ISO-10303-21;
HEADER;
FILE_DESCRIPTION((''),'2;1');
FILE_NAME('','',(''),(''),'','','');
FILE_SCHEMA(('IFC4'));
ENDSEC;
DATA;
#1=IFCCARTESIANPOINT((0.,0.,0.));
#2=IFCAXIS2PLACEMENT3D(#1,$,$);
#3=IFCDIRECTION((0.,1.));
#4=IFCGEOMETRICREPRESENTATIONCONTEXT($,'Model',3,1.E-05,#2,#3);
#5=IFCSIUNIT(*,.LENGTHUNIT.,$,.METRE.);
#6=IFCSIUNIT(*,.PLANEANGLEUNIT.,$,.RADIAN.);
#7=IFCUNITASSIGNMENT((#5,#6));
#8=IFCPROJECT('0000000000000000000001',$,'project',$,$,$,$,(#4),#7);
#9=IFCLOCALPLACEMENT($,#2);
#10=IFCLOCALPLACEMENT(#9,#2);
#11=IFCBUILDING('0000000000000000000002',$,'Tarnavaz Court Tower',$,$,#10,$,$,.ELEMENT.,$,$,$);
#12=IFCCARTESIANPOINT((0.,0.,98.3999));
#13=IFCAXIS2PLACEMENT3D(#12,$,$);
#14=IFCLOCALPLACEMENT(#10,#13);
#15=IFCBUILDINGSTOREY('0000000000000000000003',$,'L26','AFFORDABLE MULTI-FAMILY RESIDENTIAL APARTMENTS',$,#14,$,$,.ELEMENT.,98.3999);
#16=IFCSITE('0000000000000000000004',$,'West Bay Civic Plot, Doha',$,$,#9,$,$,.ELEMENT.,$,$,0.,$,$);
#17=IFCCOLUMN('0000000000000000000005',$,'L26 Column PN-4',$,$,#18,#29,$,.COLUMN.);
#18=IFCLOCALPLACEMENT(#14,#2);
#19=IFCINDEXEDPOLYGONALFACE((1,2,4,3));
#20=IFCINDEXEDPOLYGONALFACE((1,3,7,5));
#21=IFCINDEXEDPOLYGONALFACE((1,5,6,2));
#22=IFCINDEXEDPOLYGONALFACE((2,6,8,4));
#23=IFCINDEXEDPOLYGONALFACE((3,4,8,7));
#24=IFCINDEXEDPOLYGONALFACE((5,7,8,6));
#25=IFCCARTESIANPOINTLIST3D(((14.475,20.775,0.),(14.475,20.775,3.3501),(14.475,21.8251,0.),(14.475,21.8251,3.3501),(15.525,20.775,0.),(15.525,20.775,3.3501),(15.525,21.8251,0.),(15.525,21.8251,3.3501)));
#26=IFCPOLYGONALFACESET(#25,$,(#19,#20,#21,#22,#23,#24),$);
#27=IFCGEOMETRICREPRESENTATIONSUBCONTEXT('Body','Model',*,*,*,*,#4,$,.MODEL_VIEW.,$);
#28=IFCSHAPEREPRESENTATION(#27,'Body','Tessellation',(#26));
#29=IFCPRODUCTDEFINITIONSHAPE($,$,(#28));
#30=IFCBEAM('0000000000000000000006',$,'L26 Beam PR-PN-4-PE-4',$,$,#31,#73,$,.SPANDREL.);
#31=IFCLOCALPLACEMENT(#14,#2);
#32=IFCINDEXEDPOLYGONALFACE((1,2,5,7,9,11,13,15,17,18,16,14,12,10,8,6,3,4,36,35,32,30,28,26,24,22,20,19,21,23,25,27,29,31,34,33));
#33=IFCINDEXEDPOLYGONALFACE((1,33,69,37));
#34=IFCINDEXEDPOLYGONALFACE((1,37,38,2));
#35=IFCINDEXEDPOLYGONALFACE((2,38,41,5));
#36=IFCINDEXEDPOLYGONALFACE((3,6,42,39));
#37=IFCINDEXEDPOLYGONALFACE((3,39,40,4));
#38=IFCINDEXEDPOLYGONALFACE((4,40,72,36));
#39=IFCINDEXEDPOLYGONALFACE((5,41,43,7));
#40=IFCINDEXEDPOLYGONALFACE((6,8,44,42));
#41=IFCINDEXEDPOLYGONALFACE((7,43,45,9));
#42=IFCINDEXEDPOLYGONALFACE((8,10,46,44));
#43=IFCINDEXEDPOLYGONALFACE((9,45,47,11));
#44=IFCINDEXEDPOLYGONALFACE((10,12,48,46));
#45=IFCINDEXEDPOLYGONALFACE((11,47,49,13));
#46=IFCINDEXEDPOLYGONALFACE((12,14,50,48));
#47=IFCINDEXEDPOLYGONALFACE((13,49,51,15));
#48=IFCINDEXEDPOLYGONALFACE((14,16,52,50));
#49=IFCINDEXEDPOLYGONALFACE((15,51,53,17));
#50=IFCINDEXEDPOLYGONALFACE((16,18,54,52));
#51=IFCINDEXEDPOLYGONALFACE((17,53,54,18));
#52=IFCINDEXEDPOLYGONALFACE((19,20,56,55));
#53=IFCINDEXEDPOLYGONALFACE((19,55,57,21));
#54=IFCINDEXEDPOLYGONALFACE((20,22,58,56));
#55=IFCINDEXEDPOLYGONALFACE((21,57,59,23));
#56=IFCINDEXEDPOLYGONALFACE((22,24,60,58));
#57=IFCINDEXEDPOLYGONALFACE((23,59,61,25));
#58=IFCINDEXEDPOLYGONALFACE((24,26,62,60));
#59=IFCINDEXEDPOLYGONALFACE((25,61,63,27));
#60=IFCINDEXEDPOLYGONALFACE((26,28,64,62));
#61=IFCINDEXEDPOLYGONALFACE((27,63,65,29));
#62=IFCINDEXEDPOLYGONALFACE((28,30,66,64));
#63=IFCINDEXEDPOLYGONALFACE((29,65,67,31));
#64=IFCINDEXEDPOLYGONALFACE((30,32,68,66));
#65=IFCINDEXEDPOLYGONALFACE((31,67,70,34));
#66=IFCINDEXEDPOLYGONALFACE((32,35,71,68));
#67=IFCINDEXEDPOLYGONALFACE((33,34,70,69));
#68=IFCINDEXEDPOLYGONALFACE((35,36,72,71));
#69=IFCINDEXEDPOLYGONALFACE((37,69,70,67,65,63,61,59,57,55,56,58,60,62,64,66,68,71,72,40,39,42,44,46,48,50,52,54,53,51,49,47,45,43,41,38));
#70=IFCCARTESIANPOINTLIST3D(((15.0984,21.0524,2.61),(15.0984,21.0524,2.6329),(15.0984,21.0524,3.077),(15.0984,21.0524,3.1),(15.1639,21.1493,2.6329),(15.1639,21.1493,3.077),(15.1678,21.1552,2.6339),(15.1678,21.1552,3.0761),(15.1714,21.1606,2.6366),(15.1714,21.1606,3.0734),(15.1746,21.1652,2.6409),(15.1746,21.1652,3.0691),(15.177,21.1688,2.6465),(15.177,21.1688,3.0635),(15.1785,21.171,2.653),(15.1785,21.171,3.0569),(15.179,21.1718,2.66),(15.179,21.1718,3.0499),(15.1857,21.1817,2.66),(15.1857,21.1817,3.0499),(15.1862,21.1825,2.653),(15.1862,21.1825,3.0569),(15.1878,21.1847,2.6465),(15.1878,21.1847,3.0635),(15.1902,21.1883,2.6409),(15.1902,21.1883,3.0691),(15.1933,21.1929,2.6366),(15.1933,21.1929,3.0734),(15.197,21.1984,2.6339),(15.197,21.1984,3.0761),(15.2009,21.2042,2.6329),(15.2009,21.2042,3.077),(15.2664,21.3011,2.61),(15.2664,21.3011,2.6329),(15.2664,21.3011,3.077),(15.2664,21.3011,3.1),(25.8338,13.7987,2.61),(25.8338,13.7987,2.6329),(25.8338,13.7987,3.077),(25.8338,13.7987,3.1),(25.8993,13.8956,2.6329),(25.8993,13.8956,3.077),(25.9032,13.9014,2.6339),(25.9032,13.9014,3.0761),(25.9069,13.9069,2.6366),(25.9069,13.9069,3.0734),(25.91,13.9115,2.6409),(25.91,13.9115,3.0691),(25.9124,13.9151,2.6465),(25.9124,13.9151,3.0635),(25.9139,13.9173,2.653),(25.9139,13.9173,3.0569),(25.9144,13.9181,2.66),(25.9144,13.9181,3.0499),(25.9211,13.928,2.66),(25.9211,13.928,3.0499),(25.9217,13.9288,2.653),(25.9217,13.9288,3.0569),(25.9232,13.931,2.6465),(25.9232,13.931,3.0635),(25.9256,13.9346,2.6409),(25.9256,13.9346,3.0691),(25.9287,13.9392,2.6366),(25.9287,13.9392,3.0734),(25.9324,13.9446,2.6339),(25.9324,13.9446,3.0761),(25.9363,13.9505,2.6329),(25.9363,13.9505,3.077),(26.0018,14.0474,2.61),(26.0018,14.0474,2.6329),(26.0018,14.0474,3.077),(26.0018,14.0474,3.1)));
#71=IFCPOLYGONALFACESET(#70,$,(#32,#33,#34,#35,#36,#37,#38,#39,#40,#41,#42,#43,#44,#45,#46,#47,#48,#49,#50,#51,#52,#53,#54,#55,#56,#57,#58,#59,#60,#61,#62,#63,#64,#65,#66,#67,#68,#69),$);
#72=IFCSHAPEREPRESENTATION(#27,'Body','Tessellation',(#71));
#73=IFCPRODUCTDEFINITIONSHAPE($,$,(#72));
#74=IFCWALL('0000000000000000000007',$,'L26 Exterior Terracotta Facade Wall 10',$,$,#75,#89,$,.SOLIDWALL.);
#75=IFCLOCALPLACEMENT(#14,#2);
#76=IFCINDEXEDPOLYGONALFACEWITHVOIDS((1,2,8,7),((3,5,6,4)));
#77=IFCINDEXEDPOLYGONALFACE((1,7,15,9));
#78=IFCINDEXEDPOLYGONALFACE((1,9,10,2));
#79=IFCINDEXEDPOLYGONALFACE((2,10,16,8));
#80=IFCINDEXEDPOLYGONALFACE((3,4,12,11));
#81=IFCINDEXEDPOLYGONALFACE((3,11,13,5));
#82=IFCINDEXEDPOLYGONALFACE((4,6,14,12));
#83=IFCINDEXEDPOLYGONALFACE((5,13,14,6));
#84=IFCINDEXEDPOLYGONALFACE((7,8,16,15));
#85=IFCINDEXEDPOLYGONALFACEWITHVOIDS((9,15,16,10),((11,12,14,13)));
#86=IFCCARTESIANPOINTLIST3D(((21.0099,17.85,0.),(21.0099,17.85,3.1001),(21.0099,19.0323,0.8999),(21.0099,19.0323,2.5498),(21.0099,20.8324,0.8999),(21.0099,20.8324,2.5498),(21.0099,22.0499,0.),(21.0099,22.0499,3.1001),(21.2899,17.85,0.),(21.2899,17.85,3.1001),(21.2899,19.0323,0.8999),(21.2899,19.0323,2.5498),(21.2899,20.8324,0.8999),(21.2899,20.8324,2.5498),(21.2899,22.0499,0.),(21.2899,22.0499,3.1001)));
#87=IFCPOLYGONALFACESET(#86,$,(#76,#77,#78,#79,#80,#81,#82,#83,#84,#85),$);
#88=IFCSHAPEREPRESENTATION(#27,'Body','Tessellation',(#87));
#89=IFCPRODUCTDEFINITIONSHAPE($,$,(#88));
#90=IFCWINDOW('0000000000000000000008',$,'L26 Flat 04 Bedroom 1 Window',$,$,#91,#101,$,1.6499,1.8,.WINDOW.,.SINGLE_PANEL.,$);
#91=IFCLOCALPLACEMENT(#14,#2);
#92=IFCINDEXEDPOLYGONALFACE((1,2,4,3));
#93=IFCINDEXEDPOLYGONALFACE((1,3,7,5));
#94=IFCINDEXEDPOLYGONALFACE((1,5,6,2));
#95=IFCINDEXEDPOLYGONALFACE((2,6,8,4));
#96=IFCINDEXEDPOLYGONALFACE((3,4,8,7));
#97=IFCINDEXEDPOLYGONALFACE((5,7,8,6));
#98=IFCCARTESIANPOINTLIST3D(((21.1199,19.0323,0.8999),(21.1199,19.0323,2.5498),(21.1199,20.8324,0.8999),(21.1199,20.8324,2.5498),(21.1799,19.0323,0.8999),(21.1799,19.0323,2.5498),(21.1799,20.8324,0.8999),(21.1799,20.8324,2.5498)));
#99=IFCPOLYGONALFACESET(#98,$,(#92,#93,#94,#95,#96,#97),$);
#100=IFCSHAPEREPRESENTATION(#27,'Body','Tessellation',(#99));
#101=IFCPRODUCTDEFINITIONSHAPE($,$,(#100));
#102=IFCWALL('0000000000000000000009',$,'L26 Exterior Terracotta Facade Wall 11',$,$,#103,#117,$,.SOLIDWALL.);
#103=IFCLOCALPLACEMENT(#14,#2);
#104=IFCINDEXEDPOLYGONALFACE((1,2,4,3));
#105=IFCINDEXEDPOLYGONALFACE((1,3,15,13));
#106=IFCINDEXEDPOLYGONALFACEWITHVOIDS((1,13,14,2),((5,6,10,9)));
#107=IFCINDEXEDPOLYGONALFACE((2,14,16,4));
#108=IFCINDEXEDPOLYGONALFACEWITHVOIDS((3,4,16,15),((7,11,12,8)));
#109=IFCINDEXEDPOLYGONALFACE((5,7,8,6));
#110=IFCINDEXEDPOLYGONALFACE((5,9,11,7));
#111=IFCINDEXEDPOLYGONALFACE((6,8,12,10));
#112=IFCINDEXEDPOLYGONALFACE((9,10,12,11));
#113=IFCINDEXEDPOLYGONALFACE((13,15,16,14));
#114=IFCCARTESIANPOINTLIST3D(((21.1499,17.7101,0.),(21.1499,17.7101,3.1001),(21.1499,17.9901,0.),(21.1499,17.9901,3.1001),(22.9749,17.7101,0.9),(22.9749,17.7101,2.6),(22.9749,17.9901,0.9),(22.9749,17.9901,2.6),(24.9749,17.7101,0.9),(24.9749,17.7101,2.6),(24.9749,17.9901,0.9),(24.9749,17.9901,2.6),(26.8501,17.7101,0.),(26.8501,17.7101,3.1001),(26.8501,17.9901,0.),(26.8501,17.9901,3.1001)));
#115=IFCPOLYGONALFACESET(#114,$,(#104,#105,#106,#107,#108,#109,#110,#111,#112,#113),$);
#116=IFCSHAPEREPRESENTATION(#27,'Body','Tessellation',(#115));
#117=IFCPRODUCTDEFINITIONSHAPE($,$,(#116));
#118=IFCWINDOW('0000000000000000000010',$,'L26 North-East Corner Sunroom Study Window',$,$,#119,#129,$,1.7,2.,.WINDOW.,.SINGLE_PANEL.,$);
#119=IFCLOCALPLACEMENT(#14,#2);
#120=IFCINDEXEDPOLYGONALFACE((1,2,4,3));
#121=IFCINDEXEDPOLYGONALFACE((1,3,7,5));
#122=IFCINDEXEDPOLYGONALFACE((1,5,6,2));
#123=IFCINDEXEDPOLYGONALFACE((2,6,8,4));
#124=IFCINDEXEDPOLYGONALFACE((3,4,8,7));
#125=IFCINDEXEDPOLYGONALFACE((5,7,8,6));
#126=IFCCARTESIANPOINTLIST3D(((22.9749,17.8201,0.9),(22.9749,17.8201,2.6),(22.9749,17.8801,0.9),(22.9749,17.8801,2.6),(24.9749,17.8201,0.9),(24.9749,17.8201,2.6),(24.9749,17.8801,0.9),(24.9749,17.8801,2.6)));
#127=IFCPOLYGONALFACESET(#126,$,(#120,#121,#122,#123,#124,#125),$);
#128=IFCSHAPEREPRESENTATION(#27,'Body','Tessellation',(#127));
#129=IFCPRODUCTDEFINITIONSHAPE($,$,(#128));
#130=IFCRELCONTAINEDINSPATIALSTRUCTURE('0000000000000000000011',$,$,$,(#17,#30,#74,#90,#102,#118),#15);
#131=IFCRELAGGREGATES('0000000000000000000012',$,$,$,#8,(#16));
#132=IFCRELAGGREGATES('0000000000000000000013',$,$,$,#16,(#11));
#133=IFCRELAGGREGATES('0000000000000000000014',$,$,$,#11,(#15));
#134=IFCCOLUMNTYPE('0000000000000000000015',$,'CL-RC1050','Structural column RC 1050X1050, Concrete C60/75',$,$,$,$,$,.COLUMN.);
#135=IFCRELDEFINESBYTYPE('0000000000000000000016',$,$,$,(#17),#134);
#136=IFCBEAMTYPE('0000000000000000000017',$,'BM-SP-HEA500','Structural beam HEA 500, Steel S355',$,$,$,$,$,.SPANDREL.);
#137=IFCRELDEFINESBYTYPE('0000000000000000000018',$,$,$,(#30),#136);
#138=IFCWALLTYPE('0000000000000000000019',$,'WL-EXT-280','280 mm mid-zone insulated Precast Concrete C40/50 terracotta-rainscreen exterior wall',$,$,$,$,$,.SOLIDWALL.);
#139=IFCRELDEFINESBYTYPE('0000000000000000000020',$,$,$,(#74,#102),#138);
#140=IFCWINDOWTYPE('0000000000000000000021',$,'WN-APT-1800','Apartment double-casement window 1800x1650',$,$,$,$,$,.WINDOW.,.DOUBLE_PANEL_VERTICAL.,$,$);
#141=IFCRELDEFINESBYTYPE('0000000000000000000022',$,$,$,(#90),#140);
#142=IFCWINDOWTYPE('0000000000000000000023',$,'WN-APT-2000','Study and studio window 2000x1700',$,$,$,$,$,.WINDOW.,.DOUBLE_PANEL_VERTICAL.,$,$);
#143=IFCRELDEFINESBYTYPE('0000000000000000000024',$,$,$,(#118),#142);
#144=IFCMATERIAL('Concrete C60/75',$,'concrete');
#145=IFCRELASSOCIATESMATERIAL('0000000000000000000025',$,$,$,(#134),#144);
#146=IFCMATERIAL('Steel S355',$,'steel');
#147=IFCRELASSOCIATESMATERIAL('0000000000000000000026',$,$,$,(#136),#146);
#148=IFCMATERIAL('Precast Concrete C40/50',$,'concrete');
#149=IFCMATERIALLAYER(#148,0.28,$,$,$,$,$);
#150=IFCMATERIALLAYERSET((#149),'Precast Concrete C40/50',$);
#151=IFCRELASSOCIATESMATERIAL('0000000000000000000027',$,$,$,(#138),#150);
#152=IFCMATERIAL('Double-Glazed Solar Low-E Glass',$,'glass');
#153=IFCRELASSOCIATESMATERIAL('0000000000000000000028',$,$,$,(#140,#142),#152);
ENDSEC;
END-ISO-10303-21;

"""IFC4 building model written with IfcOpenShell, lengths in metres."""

from ifc_helpers import new_model, si_unit, direction, frame, frame_2d, origin, origin_2d, place, context, subcontext, project, spatial, rectangle, i_section, extrude, material, layer, layer_set, material_profile, profile_set, type_object, element, fill, save


model = new_model("IFC4")

# Units and contexts
model_context = context("Model", 3, precision=1e-05, world=origin(), true_north=direction((0.0, 1.0)))
body_context = subcontext(model_context, "Body", "Model", "MODEL_VIEW")
ifc_project = project(units=[si_unit("LENGTHUNIT", "METRE"), si_unit("PLANEANGLEUNIT", "RADIAN")], contexts=[model_context])

# Site, building, storey
site_placement = place(None, origin())
site = spatial("IfcSite", under=ifc_project, at=site_placement, Name="West Bay Civic Plot, Doha", CompositionType="ELEMENT", RefElevation=0.0)
building_placement = place(site_placement, origin())
building = spatial("IfcBuilding", under=site, at=building_placement, Name="Tarnavaz Court Tower", CompositionType="ELEMENT")
storey_placement = place(building_placement, frame((0.0, 0.0, 98.3999)))
storey = spatial("IfcBuildingStorey", under=building, at=storey_placement, Name="L26", Description="AFFORDABLE MULTI-FAMILY RESIDENTIAL APARTMENTS", CompositionType="ELEMENT", Elevation=98.3999)

# Column
ifc_material_1 = material(Name="Concrete C60/75", Category="concrete")
ifc_material_profile_1 = material_profile(ifc_material_1, rectangle(XDim=1.05, YDim=1.05, at=origin_2d()), Name="RC 1050X1050")
ifc_profile_set_1 = profile_set([ifc_material_profile_1], Name="Concrete C60/75")
column_type = type_object("IfcColumnType", Name="CL-RC1050", Description="Structural column RC 1050X1050, Concrete C60/75", PredefinedType="COLUMN", material=ifc_profile_set_1)
column_placement = place(storey_placement, frame((15.0, 21.3, 0.0), z_axis=(0.0, 0.0, 1.0), x_axis=(1.0, 0.0, 0.0)))
element("IfcColumn", 1, at=column_placement, inside=storey, type_object=column_type, Name="L26 Column PN-4", PredefinedType="COLUMN", context=body_context, shape_type="SweptSolid", body=[
    extrude(rectangle(XDim=1.05, YDim=1.05, at=origin_2d()), origin(), (0.0, 0.0, 1.0), 3.3501),
])

# Beam
ifc_material_2 = material(Name="Steel S355", Category="steel")
ifc_material_profile_2 = material_profile(ifc_material_2, i_section(OverallWidth=0.3, OverallDepth=0.49, WebThickness=0.012, FlangeThickness=0.0229, FilletRadius=0.0271, at=origin_2d()), Name="HEA 500")
ifc_profile_set_2 = profile_set([ifc_material_profile_2], Name="Steel S355")
beam_type = type_object("IfcBeamType", Name="BM-SP-HEA500", Description="Structural beam HEA 500, Steel S355", PredefinedType="SPANDREL", material=ifc_profile_set_2)
beam_placement = place(storey_placement, frame((15.1824, 21.1768, 2.855), z_axis=(0.828587, -0.55986, 0.0), x_axis=(0.55986, 0.828587, 0.0)))
element("IfcBeam", 2, at=beam_placement, inside=storey, type_object=beam_type, Name="L26 Beam PR-PN-4-PE-4", PredefinedType="SPANDREL", context=body_context, shape_type="SweptSolid", body=[
    extrude(i_section(OverallWidth=0.3, OverallDepth=0.49, WebThickness=0.012, FlangeThickness=0.0229, FilletRadius=0.0271, at=origin_2d()), origin(), (0.0, 0.0, 1.0), 12.9563),
])

# Walls, openings, windows
ifc_material_3 = material(Name="Precast Concrete C40/50", Category="concrete")
ifc_layer = layer(ifc_material_3, 0.28)
ifc_layer_set = layer_set([ifc_layer], Name="Precast Concrete C40/50")
wall_type = type_object("IfcWallType", Name="WL-EXT-280", Description="280 mm mid-zone insulated Precast Concrete C40/50 terracotta-rainscreen exterior wall", PredefinedType="SOLIDWALL", material=ifc_layer_set)
wall_1_placement = place(storey_placement, frame((21.1499, 22.05, 0.0), z_axis=(0.0, 0.0, 1.0), x_axis=(0.0, -1.0, 0.0)))
wall_1 = element("IfcWall", 3, at=wall_1_placement, inside=storey, type_object=wall_type, Name="L26 Exterior Terracotta Facade Wall 10", PredefinedType="SOLIDWALL", context=body_context, shape_type="SweptSolid", body=[
    extrude(rectangle(XDim=4.2, YDim=0.28, at=frame_2d((2.1001, 0.0))), origin(), (0.0, 0.0, 1.0), 3.1001),
])
opening_1_placement = place(wall_1_placement, frame((1.2178, 0.0, 0.8999)))
opening_1 = element("IfcOpeningElement", 4, at=opening_1_placement, cuts=wall_1, PredefinedType="OPENING", context=body_context, shape_type="SweptSolid", body=[
    extrude(rectangle(XDim=1.8, YDim=1.6499, at=frame_2d((0.8999, 0.825))), frame((0.0, 0.1499, 0.0), z_axis=(0.0, -1.0, 0.0), x_axis=(1.0, 0.0, 0.0)), (0.0, 0.0, 1.0), 0.3),
])
ifc_material_4 = material(Name="Double-Glazed Solar Low-E Glass", Category="glass")
window_type_1 = type_object("IfcWindowType", Name="WN-APT-1800", Description="Apartment double-casement window 1800x1650", PartitioningType="DOUBLE_PANEL_VERTICAL", PredefinedType="WINDOW", material=ifc_material_4)
window_1_placement = place(opening_1_placement, origin())
window_1 = element("IfcWindow", 5, at=window_1_placement, inside=storey, type_object=window_type_1, Name="L26 Flat 04 Bedroom 1 Window", OverallHeight=1.6499, OverallWidth=1.8, PartitioningType="SINGLE_PANEL", PredefinedType="WINDOW", context=body_context, shape_type="SweptSolid", body=[
    extrude(rectangle(XDim=1.8, YDim=1.6499, at=frame_2d((0.8999, 0.825))), frame((0.0, 0.03, 0.0), z_axis=(0.0, -1.0, 0.0), x_axis=(1.0, 0.0, 0.0)), (0.0, 0.0, 1.0), 0.0601),
])
fill(opening_1, window_1)
wall_2_placement = place(storey_placement, frame((21.1499, 17.8501, 0.0), z_axis=(0.0, 0.0, 1.0), x_axis=(1.0, 0.0, 0.0)))
wall_2 = element("IfcWall", 6, at=wall_2_placement, inside=storey, type_object=wall_type, Name="L26 Exterior Terracotta Facade Wall 11", PredefinedType="SOLIDWALL", context=body_context, shape_type="SweptSolid", body=[
    extrude(rectangle(XDim=5.7002, YDim=0.28, at=frame_2d((2.8501, 0.0))), origin(), (0.0, 0.0, 1.0), 3.1001),
])
opening_2_placement = place(wall_2_placement, frame((1.825, 0.0, 0.8999)))
opening_2 = element("IfcOpeningElement", 7, at=opening_2_placement, cuts=wall_2, PredefinedType="OPENING", context=body_context, shape_type="SweptSolid", body=[
    extrude(rectangle(XDim=2.0, YDim=1.7, at=frame_2d((1.0, 0.8501))), frame((0.0, 0.1499, 0.0), z_axis=(0.0, -1.0, 0.0), x_axis=(1.0, 0.0, 0.0)), (0.0, 0.0, 1.0), 0.3),
])
window_type_2 = type_object("IfcWindowType", Name="WN-APT-2000", Description="Study and studio window 2000x1700", PartitioningType="DOUBLE_PANEL_VERTICAL", PredefinedType="WINDOW", material=ifc_material_4)
window_2_placement = place(opening_2_placement, origin())
window_2 = element("IfcWindow", 8, at=window_2_placement, inside=storey, type_object=window_type_2, Name="L26 North-East Corner Sunroom Study Window", OverallHeight=1.7, OverallWidth=2.0, PartitioningType="SINGLE_PANEL", PredefinedType="WINDOW", context=body_context, shape_type="SweptSolid", body=[
    extrude(rectangle(XDim=2.0, YDim=1.7, at=frame_2d((1.0, 0.8501))), frame((0.0, 0.03, 0.0), z_axis=(0.0, -1.0, 0.0), x_axis=(1.0, 0.0, 0.0)), (0.0, 0.0, 1.0), 0.0601),
])
fill(opening_2, window_2)

save(model, "model.ifc")
